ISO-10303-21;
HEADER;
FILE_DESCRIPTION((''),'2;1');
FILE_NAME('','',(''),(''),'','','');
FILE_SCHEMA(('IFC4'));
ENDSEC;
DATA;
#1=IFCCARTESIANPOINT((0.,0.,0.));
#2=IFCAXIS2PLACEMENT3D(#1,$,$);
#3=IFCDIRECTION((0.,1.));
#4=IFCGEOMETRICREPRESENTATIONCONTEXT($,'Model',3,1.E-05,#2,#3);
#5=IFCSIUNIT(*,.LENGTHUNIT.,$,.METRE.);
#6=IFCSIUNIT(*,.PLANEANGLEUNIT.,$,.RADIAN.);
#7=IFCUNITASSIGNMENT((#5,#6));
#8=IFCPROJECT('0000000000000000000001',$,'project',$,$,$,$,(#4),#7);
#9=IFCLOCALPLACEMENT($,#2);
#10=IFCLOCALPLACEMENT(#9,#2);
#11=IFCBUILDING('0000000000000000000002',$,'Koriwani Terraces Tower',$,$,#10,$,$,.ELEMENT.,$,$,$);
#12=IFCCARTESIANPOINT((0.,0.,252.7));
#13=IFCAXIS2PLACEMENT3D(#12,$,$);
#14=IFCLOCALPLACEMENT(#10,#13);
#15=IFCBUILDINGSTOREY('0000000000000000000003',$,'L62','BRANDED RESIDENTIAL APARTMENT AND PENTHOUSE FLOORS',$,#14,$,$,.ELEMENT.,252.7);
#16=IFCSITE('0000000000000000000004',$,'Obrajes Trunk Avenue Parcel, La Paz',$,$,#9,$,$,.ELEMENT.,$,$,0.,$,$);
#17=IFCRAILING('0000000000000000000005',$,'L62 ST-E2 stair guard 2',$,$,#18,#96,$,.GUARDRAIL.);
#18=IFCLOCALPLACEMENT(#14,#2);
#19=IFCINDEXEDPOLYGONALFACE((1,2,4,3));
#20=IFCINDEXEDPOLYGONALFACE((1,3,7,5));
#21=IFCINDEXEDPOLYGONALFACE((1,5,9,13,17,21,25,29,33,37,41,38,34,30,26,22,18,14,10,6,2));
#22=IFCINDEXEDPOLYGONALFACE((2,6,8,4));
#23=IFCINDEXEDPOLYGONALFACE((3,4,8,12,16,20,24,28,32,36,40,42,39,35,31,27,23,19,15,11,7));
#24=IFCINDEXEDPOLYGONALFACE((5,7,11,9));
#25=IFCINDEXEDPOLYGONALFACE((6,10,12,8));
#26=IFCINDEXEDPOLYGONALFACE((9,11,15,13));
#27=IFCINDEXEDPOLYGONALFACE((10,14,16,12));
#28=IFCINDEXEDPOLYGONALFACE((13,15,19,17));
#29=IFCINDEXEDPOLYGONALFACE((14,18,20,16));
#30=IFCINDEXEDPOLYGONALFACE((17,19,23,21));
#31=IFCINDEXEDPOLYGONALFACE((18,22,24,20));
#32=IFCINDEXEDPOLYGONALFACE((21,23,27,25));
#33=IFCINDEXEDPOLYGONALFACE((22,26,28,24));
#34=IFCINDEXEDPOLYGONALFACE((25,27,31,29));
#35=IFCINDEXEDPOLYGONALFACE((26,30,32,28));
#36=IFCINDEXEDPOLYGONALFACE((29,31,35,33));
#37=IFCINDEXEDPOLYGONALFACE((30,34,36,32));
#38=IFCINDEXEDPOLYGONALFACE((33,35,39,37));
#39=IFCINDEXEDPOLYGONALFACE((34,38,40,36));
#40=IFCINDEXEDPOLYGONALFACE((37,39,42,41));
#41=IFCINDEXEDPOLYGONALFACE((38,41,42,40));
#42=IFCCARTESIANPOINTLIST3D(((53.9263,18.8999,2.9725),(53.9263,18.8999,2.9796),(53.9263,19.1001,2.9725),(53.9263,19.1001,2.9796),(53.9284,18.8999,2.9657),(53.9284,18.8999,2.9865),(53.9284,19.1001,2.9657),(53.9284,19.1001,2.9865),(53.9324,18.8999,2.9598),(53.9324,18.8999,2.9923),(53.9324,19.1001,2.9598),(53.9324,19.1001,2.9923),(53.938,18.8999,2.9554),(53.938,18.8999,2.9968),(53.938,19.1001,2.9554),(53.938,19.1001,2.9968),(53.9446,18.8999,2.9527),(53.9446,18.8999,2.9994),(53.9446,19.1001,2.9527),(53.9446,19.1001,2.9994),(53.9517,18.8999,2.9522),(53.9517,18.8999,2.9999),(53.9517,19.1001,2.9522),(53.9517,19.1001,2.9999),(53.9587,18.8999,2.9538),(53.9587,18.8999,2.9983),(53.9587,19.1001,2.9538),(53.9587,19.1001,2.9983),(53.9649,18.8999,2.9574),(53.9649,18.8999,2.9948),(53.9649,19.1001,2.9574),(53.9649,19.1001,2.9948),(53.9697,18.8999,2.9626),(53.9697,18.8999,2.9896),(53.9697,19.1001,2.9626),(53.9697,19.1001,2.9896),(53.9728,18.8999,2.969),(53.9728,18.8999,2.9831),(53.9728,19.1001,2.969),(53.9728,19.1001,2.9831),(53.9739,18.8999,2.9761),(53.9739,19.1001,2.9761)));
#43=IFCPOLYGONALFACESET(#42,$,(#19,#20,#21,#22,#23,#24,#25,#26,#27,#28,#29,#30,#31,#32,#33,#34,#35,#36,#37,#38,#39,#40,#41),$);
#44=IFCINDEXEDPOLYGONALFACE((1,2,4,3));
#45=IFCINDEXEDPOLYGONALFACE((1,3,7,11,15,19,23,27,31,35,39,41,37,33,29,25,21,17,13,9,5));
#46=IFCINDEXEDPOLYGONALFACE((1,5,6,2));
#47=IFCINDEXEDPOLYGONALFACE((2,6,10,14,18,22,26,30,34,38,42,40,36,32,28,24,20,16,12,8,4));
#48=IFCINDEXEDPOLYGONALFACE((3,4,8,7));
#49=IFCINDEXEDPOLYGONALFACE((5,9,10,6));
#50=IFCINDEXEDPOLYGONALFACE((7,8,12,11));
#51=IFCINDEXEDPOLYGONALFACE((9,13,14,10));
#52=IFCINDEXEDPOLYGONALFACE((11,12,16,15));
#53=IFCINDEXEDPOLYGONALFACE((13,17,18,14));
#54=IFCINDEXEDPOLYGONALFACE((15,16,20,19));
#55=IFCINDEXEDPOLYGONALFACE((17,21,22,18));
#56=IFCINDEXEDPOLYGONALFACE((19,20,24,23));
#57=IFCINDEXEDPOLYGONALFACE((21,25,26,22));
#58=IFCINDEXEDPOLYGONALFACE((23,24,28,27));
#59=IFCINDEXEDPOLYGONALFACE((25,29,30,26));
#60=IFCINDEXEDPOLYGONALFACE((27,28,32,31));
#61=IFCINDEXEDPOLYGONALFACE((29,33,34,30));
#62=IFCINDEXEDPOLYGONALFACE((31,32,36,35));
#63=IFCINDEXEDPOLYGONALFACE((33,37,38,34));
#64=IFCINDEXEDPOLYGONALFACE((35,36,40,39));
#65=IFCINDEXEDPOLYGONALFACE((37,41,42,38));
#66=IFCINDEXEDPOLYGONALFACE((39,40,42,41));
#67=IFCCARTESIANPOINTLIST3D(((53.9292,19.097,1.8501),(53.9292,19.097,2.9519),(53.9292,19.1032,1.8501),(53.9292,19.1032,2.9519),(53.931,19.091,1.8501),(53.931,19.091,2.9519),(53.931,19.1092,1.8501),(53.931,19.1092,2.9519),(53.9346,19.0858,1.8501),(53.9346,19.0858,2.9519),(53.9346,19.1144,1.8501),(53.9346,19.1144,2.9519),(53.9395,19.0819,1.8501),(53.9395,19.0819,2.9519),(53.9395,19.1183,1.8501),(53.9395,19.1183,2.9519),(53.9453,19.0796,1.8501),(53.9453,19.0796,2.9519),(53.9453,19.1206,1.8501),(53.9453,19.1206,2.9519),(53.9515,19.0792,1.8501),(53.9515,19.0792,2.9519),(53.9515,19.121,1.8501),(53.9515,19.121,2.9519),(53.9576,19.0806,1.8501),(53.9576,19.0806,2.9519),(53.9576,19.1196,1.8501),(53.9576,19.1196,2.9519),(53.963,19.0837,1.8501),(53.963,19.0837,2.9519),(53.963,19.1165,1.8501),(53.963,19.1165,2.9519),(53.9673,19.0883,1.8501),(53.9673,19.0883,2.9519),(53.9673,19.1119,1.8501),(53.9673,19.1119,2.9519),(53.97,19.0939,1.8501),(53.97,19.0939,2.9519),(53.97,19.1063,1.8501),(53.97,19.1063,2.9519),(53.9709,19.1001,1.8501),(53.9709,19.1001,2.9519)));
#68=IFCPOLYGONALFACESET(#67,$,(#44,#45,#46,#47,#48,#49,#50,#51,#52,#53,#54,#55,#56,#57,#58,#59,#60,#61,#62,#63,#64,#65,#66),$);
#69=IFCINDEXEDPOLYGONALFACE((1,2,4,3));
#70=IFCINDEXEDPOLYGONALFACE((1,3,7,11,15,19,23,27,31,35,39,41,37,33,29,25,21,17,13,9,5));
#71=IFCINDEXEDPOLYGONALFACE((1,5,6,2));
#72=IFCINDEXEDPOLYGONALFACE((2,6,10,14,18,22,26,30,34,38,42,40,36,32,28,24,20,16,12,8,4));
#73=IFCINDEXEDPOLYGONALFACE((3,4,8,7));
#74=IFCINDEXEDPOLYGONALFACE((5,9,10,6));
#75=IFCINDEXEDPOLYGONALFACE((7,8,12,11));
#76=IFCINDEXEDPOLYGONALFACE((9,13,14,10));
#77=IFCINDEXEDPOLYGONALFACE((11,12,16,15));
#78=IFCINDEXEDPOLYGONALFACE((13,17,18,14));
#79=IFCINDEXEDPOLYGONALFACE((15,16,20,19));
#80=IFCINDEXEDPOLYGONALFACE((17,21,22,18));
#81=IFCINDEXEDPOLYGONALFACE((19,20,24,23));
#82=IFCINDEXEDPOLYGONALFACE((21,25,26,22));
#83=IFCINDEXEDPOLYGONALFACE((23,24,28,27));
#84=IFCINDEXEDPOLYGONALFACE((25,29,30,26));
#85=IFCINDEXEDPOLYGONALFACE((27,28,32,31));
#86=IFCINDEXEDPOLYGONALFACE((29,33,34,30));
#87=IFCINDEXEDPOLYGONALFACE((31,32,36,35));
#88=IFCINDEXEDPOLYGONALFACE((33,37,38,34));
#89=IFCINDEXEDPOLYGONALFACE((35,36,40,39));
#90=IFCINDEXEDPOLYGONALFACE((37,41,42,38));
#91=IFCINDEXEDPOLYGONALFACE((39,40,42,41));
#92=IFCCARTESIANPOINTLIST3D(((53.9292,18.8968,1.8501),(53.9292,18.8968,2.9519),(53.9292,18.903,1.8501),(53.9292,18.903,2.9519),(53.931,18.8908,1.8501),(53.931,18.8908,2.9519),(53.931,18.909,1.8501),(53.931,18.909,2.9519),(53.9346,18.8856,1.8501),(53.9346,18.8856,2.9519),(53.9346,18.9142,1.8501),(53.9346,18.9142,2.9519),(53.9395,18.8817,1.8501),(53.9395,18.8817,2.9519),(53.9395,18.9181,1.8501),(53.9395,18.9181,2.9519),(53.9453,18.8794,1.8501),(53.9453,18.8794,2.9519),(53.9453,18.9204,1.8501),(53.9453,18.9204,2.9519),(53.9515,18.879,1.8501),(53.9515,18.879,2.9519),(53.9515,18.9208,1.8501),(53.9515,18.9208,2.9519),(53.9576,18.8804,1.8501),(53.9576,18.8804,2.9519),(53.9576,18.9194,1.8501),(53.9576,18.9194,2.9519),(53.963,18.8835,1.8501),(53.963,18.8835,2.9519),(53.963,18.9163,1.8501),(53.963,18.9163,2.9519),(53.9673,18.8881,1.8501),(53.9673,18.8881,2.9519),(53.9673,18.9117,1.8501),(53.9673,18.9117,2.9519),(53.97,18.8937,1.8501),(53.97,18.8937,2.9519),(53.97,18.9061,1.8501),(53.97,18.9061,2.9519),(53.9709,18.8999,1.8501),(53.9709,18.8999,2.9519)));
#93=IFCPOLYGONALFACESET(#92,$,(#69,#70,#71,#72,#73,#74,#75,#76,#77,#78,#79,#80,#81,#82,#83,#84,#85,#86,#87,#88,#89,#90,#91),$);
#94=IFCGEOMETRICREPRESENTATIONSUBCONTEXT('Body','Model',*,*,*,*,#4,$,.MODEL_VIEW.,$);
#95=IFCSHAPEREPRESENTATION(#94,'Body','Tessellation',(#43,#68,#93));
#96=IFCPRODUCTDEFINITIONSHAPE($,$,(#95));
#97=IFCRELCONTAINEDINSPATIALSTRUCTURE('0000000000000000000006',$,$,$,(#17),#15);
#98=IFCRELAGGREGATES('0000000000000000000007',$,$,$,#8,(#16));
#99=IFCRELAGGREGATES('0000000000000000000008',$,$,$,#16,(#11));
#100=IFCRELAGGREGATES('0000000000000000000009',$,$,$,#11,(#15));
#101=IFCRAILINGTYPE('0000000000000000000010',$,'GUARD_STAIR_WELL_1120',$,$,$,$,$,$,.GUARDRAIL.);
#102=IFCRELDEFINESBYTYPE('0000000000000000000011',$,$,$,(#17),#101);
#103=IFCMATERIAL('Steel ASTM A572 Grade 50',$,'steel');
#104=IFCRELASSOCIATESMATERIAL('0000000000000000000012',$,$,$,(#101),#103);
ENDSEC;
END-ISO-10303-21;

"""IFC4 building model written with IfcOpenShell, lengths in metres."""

from ifc_helpers import new_model, si_unit, direction, frame, origin, origin_2d, place, context, subcontext, project, spatial, circle, extrude, material, type_object, element, save


model = new_model("IFC4")

# Units and contexts
model_context = context("Model", 3, precision=1e-05, world=origin(), true_north=direction((0.0, 1.0)))
body_context = subcontext(model_context, "Body", "Model", "MODEL_VIEW")
ifc_project = project(units=[si_unit("LENGTHUNIT", "METRE"), si_unit("PLANEANGLEUNIT", "RADIAN")], contexts=[model_context])

# Site, building, storey
site_placement = place(None, origin())
site = spatial("IfcSite", under=ifc_project, at=site_placement, Name="Obrajes Trunk Avenue Parcel, La Paz", CompositionType="ELEMENT", RefElevation=0.0)
building_placement = place(site_placement, origin())
building = spatial("IfcBuilding", under=site, at=building_placement, Name="Koriwani Terraces Tower", CompositionType="ELEMENT")
storey_placement = place(building_placement, frame((0.0, 0.0, 252.7)))
storey = spatial("IfcBuildingStorey", under=building, at=storey_placement, Name="L62", Description="BRANDED RESIDENTIAL APARTMENT AND PENTHOUSE FLOORS", CompositionType="ELEMENT", Elevation=252.7)

# Shared definitions
ifc_material_1 = material(Name="Steel ASTM A572 Grade 50", Category="steel")

# Railing
railing_type_1 = type_object("IfcRailingType", Name="GUARD_STAIR_WELL_1120", PredefinedType="GUARDRAIL", material=ifc_material_1)
railing_1_placement = place(storey_placement, frame((53.95, 19.1001, 1.8501)))
element("IfcRailing", 1, at=railing_1_placement, inside=storey, type_object=railing_type_1, Name="L62 ST-E2 stair guard 2", PredefinedType="GUARDRAIL", context=body_context, shape_type="SweptSolid", body=[
    extrude(circle(Radius=0.0239, at=origin_2d()), frame((0.0, 0.0, 1.126), z_axis=(0.0, -1.0, 0.0), x_axis=(1.0, 0.0, 0.0)), (0.0, 0.0, 1.0), 0.2002),
    extrude(circle(Radius=0.021, at=origin_2d()), origin(), (0.0, 0.0, 1.0), 1.1018),
    extrude(circle(Radius=0.021, at=origin_2d()), frame((0.0, -0.2002, 0.0)), (0.0, 0.0, 1.0), 1.1018),
])

save(model, "model.ifc")
